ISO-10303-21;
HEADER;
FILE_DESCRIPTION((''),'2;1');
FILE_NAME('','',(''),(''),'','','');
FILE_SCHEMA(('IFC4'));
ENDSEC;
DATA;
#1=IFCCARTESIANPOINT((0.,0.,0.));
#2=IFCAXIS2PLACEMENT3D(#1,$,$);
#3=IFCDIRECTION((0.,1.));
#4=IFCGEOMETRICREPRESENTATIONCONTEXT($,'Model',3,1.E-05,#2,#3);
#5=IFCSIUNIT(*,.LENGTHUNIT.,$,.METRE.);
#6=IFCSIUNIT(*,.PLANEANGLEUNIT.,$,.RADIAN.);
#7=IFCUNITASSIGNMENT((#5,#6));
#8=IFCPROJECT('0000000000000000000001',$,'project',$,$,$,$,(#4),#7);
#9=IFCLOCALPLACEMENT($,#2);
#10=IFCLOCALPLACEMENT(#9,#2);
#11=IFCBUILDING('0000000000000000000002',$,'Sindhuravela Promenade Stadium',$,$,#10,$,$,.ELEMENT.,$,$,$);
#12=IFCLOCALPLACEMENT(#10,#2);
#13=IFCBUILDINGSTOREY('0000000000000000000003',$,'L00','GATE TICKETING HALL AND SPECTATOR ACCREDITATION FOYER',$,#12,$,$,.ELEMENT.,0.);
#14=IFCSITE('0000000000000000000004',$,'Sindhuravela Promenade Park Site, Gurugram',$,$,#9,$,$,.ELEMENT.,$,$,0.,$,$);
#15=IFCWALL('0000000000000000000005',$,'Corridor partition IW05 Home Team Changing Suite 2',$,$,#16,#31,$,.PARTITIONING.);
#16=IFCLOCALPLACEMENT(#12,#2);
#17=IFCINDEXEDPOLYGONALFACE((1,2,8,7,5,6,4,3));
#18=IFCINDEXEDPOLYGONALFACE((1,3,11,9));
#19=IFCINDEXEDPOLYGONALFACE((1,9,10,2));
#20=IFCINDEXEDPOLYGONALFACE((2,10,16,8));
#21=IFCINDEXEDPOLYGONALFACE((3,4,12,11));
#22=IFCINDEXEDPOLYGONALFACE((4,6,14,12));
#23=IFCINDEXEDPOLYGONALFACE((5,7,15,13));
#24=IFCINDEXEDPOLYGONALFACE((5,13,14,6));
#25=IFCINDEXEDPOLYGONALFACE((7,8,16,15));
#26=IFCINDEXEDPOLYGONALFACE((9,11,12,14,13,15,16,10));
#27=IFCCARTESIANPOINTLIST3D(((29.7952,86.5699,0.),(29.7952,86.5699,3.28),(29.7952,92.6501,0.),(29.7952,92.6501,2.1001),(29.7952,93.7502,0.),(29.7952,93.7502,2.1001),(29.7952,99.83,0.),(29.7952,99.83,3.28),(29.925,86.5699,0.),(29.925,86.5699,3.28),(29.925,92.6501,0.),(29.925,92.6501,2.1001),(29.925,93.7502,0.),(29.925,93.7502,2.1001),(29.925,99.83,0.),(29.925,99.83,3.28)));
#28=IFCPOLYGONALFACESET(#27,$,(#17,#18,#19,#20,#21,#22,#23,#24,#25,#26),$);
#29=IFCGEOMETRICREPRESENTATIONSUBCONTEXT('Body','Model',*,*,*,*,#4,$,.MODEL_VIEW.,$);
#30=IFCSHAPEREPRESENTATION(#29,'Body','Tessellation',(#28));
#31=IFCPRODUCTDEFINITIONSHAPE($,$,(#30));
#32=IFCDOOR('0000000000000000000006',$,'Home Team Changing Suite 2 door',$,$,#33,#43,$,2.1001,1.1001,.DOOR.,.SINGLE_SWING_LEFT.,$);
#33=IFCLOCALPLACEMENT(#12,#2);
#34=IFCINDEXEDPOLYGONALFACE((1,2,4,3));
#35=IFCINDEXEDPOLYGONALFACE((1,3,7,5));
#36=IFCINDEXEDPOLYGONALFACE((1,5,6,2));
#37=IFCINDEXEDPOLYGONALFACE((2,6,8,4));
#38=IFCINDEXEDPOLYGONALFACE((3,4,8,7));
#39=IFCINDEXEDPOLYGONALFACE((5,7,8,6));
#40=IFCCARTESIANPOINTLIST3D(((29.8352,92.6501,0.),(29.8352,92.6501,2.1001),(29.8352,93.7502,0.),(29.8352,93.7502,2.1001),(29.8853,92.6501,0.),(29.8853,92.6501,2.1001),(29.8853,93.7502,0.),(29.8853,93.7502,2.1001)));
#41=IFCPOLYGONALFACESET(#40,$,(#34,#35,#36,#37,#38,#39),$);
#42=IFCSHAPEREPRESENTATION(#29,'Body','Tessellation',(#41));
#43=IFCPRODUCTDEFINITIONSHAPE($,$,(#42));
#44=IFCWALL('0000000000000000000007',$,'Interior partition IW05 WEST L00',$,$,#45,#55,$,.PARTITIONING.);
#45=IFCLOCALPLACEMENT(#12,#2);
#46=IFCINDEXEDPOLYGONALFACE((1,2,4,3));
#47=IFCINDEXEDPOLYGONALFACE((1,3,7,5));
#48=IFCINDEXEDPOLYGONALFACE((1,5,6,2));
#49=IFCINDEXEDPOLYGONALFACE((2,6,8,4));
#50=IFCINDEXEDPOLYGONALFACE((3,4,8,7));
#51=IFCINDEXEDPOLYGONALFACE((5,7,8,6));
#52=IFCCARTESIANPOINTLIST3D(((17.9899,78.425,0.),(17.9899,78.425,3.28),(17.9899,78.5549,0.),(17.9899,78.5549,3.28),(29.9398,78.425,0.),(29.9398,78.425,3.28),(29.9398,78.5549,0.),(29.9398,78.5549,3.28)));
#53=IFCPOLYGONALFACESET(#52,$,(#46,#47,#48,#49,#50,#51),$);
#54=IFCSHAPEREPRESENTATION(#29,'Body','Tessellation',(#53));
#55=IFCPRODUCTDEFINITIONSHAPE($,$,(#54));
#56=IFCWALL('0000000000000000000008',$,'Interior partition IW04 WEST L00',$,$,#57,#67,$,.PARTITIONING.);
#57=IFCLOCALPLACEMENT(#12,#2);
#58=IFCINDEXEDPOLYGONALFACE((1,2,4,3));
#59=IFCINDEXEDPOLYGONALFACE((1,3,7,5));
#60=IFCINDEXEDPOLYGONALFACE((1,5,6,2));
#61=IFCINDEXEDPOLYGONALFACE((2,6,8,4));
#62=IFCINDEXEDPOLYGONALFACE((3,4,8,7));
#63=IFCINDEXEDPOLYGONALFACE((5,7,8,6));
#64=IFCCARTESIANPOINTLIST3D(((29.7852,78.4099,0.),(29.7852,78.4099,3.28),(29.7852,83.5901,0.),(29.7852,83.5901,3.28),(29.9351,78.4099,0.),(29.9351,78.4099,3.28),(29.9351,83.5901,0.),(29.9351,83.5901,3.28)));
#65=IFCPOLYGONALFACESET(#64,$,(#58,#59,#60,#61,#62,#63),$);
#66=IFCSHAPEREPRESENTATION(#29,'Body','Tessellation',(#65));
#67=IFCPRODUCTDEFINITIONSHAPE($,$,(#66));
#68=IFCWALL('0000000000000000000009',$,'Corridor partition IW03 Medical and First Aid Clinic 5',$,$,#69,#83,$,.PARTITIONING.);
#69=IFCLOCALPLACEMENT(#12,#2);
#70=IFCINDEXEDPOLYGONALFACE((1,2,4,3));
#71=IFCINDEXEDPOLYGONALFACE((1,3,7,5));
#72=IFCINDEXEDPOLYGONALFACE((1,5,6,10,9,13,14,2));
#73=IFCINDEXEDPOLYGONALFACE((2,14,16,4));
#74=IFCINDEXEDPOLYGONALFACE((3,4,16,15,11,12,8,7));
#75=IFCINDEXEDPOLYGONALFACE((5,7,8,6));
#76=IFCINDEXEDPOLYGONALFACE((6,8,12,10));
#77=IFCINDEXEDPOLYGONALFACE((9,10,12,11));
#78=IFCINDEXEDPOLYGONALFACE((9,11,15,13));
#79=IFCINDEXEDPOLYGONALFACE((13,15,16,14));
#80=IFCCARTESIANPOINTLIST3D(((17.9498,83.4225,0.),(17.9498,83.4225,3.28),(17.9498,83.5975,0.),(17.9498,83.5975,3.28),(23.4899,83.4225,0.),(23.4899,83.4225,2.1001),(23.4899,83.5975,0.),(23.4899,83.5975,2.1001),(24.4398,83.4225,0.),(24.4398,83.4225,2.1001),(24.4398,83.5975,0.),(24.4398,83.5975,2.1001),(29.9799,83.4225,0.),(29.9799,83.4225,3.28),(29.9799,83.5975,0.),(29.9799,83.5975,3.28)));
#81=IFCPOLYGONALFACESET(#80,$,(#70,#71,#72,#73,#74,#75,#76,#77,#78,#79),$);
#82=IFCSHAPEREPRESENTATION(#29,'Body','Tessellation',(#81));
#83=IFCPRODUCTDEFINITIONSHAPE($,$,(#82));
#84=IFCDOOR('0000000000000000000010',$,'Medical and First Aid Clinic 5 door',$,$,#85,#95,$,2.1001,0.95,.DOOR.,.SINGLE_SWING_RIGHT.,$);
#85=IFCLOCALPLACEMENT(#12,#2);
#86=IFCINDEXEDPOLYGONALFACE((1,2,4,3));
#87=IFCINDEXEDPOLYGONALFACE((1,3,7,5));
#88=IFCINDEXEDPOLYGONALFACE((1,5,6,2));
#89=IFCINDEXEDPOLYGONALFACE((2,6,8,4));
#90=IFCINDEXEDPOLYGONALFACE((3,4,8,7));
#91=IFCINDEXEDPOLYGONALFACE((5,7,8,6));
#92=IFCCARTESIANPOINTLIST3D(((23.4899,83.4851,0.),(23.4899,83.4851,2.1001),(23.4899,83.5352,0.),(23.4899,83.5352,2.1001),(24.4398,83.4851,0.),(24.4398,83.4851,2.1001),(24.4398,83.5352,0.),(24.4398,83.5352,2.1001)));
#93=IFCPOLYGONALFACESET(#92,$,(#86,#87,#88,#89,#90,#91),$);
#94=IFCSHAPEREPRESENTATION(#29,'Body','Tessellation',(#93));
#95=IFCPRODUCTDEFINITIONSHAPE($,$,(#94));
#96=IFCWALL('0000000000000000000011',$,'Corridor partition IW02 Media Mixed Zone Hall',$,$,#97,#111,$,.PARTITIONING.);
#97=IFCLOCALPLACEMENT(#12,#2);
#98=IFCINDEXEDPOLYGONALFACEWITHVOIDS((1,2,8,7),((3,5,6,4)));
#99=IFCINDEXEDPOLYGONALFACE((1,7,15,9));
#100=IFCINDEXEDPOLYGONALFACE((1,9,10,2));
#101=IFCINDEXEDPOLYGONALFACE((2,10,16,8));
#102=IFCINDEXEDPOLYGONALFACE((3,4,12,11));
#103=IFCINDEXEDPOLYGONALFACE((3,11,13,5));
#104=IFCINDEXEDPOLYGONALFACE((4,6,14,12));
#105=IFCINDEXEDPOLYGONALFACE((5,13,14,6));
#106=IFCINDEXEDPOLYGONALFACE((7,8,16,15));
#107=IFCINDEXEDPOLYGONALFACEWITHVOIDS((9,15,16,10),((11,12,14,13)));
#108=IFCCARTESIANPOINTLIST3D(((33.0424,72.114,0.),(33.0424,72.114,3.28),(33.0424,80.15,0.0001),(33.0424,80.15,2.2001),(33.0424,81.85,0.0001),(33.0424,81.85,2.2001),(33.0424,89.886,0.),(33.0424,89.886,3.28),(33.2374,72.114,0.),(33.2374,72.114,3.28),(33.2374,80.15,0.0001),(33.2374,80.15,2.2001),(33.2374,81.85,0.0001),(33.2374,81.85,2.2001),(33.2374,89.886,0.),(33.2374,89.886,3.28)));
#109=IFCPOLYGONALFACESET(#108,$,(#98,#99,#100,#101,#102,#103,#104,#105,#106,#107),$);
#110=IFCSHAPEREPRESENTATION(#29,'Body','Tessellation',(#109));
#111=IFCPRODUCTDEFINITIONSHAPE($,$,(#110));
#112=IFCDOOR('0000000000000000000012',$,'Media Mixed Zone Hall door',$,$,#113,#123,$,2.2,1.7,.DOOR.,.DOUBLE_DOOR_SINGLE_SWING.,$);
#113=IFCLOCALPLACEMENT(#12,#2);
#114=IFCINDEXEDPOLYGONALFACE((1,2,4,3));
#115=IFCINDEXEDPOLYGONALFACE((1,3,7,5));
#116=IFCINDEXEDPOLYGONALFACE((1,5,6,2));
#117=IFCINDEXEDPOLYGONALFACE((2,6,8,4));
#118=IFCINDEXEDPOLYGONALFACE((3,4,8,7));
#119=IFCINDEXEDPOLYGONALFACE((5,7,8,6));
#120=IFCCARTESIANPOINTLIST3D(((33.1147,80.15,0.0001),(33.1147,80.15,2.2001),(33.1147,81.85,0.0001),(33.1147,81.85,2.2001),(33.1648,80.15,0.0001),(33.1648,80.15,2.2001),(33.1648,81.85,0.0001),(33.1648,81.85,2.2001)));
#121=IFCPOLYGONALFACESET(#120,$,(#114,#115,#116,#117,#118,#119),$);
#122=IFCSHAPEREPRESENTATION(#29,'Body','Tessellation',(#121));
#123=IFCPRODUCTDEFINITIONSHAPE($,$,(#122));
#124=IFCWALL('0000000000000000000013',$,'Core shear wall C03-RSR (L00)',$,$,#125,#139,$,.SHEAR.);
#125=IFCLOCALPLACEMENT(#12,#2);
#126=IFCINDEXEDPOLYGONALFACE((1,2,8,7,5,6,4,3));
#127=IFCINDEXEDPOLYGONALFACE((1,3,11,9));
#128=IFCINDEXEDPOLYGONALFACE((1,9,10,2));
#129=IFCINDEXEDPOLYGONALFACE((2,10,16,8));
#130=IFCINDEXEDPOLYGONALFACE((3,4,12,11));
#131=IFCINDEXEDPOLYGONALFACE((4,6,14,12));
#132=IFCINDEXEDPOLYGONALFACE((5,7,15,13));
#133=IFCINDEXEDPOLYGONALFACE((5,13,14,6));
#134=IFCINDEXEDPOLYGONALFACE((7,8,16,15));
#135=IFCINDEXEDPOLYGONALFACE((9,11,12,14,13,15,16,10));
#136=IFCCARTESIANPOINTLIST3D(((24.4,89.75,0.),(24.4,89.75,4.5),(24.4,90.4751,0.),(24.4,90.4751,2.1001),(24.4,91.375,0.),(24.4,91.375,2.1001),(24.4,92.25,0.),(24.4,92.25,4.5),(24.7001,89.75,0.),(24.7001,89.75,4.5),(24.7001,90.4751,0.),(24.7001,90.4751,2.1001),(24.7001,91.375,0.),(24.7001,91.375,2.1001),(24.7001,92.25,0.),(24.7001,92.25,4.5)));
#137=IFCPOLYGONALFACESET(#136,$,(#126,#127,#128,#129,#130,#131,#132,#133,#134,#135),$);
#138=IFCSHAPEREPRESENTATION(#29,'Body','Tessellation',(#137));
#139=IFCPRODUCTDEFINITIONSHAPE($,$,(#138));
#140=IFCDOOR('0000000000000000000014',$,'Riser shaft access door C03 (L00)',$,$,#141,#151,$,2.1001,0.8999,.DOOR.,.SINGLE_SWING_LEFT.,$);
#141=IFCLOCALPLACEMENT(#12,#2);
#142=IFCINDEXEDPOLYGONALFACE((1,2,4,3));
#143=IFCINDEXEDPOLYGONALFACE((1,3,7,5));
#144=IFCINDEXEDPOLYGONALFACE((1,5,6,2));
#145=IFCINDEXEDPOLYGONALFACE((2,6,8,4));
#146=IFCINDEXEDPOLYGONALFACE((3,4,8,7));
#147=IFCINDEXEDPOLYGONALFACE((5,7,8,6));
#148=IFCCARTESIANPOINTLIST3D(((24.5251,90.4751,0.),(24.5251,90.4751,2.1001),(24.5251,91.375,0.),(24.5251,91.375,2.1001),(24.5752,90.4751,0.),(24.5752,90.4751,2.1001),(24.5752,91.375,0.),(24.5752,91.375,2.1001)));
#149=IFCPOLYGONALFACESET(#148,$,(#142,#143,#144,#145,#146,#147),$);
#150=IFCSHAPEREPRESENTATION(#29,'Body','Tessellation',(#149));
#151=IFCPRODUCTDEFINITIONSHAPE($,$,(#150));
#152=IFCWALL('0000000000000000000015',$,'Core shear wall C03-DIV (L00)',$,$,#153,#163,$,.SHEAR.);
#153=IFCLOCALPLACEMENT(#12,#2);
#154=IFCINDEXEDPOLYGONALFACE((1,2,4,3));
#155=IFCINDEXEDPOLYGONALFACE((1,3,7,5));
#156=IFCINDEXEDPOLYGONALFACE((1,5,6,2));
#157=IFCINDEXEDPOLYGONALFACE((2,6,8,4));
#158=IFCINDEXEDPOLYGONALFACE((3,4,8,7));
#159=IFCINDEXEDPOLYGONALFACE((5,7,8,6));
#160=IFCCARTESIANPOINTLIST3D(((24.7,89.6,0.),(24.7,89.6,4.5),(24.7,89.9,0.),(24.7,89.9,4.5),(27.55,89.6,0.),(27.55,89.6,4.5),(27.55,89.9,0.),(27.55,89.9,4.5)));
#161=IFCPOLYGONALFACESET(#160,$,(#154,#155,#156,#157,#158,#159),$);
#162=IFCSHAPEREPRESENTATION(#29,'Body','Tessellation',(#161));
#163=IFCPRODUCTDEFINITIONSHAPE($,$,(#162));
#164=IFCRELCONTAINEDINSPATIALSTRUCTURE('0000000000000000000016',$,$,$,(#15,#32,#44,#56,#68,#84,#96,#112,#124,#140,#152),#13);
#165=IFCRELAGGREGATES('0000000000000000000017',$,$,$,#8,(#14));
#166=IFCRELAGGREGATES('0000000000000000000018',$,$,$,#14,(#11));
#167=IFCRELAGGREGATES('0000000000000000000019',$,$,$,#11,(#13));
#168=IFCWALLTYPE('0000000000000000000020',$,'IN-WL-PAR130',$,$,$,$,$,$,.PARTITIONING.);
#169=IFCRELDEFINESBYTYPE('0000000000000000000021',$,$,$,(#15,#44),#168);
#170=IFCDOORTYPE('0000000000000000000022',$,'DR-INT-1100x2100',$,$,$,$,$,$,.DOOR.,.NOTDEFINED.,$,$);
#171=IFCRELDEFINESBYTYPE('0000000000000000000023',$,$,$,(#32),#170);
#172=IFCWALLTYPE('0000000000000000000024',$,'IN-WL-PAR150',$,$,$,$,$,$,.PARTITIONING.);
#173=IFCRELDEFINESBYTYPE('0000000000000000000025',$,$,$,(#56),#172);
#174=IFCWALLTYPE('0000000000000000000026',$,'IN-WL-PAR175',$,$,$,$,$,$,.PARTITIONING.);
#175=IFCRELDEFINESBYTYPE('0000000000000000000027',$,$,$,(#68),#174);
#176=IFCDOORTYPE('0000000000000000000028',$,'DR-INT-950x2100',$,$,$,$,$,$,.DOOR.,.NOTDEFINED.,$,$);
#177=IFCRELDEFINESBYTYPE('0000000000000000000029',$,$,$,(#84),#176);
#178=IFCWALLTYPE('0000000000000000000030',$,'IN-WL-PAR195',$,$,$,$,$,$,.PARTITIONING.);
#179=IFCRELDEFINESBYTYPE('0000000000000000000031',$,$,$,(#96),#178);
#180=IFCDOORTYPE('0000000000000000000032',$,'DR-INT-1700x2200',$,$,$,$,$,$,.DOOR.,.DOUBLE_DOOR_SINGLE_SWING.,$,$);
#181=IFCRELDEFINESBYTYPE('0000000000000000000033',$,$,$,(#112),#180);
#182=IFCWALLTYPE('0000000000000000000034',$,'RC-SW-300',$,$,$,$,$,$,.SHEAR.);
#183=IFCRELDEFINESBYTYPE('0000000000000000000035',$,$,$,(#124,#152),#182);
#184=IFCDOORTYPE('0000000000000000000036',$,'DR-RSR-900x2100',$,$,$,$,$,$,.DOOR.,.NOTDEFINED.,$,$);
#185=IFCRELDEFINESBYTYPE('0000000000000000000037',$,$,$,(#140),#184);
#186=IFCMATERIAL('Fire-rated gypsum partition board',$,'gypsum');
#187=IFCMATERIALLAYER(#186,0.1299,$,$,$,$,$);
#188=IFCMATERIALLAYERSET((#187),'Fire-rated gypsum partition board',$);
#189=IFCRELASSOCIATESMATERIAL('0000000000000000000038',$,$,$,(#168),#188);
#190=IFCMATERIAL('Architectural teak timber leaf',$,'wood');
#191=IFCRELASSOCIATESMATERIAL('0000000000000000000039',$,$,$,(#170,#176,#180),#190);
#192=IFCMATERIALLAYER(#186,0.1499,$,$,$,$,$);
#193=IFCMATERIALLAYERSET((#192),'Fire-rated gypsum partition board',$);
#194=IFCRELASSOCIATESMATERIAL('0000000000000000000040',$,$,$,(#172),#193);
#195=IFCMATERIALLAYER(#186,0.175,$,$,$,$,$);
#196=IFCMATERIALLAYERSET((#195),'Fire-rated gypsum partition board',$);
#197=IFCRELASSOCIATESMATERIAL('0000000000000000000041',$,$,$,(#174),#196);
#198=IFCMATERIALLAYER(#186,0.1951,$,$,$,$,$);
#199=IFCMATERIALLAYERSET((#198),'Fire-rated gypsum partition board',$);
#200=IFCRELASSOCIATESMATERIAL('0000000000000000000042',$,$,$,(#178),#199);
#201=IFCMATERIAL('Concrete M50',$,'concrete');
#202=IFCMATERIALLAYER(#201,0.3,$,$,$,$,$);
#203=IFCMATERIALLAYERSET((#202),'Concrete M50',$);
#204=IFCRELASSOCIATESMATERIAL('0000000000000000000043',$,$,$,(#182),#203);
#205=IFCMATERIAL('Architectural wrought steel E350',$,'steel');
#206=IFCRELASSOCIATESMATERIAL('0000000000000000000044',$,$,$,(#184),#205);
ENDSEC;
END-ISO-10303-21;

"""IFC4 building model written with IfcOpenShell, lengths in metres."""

from ifc_helpers import new_model, si_unit, direction, frame, frame_2d, origin, place, context, subcontext, project, spatial, rectangle, extrude, material, layer, layer_set, type_object, element, fill, save


model = new_model("IFC4")

# Units and contexts
model_context = context("Model", 3, precision=1e-05, world=origin(), true_north=direction((0.0, 1.0)))
body_context = subcontext(model_context, "Body", "Model", "MODEL_VIEW")
ifc_project = project(units=[si_unit("LENGTHUNIT", "METRE"), si_unit("PLANEANGLEUNIT", "RADIAN")], contexts=[model_context])

# Site, building, storey
site_placement = place(None, origin())
site = spatial("IfcSite", under=ifc_project, at=site_placement, Name="Sindhuravela Promenade Park Site, Gurugram", CompositionType="ELEMENT", RefElevation=0.0)
building_placement = place(site_placement, origin())
building = spatial("IfcBuilding", under=site, at=building_placement, Name="Sindhuravela Promenade Stadium", CompositionType="ELEMENT")
storey_placement = place(building_placement, origin())
storey = spatial("IfcBuildingStorey", under=building, at=storey_placement, Name="L00", Description="GATE TICKETING HALL AND SPECTATOR ACCREDITATION FOYER", CompositionType="ELEMENT", Elevation=0.0)

# Shared definitions
ifc_material_1 = material(Name="Concrete M50", Category="concrete")

# Shared definitions
ifc_material_2 = material(Name="Fire-rated gypsum partition board", Category="gypsum")

# Wall, opening, door
ifc_layer_1 = layer(ifc_material_2, 0.1299)
ifc_layer_set_1 = layer_set([ifc_layer_1], Name="Fire-rated gypsum partition board")
wall_type_1 = type_object("IfcWallType", Name="IN-WL-PAR130", PredefinedType="PARTITIONING", material=ifc_layer_set_1)
wall_1_placement = place(storey_placement, frame((29.8601, 86.5701, 0.0), z_axis=(0.0, 0.0, 1.0), x_axis=(0.0, 1.0, 0.0)))
wall_1 = element("IfcWall", 1, at=wall_1_placement, inside=storey, type_object=wall_type_1, Name="Corridor partition IW05 Home Team Changing Suite 2", PredefinedType="PARTITIONING", context=body_context, shape_type="SweptSolid", body=[
    extrude(rectangle(XDim=13.26, YDim=0.1299, at=frame_2d((6.6299, 0.0))), origin(), (0.0, 0.0, 1.0), 3.28),
])
opening_1_placement = place(wall_1_placement, frame((6.0801, 0.0, 0.0)))
opening_1 = element("IfcOpeningElement", 2, at=opening_1_placement, cuts=wall_1, PredefinedType="OPENING", context=body_context, shape_type="SweptSolid", body=[
    extrude(rectangle(XDim=1.1001, YDim=2.1001, at=frame_2d((0.55, 1.05))), frame((0.0, 0.075, 0.0), z_axis=(0.0, -1.0, 0.0), x_axis=(1.0, 0.0, 0.0)), (0.0, 0.0, 1.0), 0.1499),
])
ifc_material_3 = material(Name="Architectural teak timber leaf", Category="wood")
door_type_1 = type_object("IfcDoorType", Name="DR-INT-1100x2100", OperationType="NOTDEFINED", PredefinedType="DOOR", material=ifc_material_3)
door_1_placement = place(opening_1_placement, origin())
door_1 = element("IfcDoor", 3, at=door_1_placement, inside=storey, type_object=door_type_1, Name="Home Team Changing Suite 2 door", OperationType="SINGLE_SWING_LEFT", OverallHeight=2.1001, OverallWidth=1.1001, PredefinedType="DOOR", context=body_context, shape_type="SweptSolid", body=[
    extrude(rectangle(XDim=1.1001, YDim=2.1001, at=frame_2d((0.55, 1.05))), frame((0.0, 0.0249, 0.0), z_axis=(0.0, -1.0, 0.0), x_axis=(1.0, 0.0, 0.0)), (0.0, 0.0, 1.0), 0.05),
])
fill(opening_1, door_1)

# Walls
wall_2_placement = place(storey_placement, frame((29.9399, 78.49, 0.0), z_axis=(0.0, 0.0, 1.0), x_axis=(-1.0, 0.0, 0.0)))
element("IfcWall", 4, at=wall_2_placement, inside=storey, type_object=wall_type_1, Name="Interior partition IW05 WEST L00", PredefinedType="PARTITIONING", context=body_context, shape_type="SweptSolid", body=[
    extrude(rectangle(XDim=11.95, YDim=0.1299, at=frame_2d((5.9751, 0.0))), origin(), (0.0, 0.0, 1.0), 3.28),
])
ifc_layer_2 = layer(ifc_material_2, 0.1499)
ifc_layer_set_2 = layer_set([ifc_layer_2], Name="Fire-rated gypsum partition board")
wall_type_2 = type_object("IfcWallType", Name="IN-WL-PAR150", PredefinedType="PARTITIONING", material=ifc_layer_set_2)
wall_3_placement = place(storey_placement, frame((29.8601, 83.5901, 0.0), z_axis=(0.0, 0.0, 1.0), x_axis=(0.0, -1.0, 0.0)))
element("IfcWall", 5, at=wall_3_placement, inside=storey, type_object=wall_type_2, Name="Interior partition IW04 WEST L00", PredefinedType="PARTITIONING", context=body_context, shape_type="SweptSolid", body=[
    extrude(rectangle(XDim=5.1802, YDim=0.1499, at=frame_2d((2.5901, 0.0))), origin(), (0.0, 0.0, 1.0), 3.28),
])

# Walls, openings, doors
ifc_layer_3 = layer(ifc_material_2, 0.175)
ifc_layer_set_3 = layer_set([ifc_layer_3], Name="Fire-rated gypsum partition board")
wall_type_3 = type_object("IfcWallType", Name="IN-WL-PAR175", PredefinedType="PARTITIONING", material=ifc_layer_set_3)
wall_4_placement = place(storey_placement, frame((29.98, 83.51, 0.0), z_axis=(0.0, 0.0, 1.0), x_axis=(-1.0, 0.0, 0.0)))
wall_4 = element("IfcWall", 6, at=wall_4_placement, inside=storey, type_object=wall_type_3, Name="Corridor partition IW03 Medical and First Aid Clinic 5", PredefinedType="PARTITIONING", context=body_context, shape_type="SweptSolid", body=[
    extrude(rectangle(XDim=12.03, YDim=0.175, at=frame_2d((6.0151, 0.0))), origin(), (0.0, 0.0, 1.0), 3.28),
])
opening_2_placement = place(wall_4_placement, frame((5.54, 0.0, 0.0)))
opening_2 = element("IfcOpeningElement", 7, at=opening_2_placement, cuts=wall_4, PredefinedType="OPENING", context=body_context, shape_type="SweptSolid", body=[
    extrude(rectangle(XDim=0.95, YDim=2.1001, at=frame_2d((0.4751, 1.05))), frame((0.0, 0.0974, 0.0), z_axis=(0.0, -1.0, 0.0), x_axis=(1.0, 0.0, 0.0)), (0.0, 0.0, 1.0), 0.1951),
])
door_type_2 = type_object("IfcDoorType", Name="DR-INT-950x2100", OperationType="NOTDEFINED", PredefinedType="DOOR", material=ifc_material_3)
door_2_placement = place(opening_2_placement, origin())
door_2 = element("IfcDoor", 8, at=door_2_placement, inside=storey, type_object=door_type_2, Name="Medical and First Aid Clinic 5 door", OperationType="SINGLE_SWING_RIGHT", OverallHeight=2.1001, OverallWidth=0.95, PredefinedType="DOOR", context=body_context, shape_type="SweptSolid", body=[
    extrude(rectangle(XDim=0.95, YDim=2.1001, at=frame_2d((0.4751, 1.05))), frame((0.0, 0.0249, 0.0), z_axis=(0.0, -1.0, 0.0), x_axis=(1.0, 0.0, 0.0)), (0.0, 0.0, 1.0), 0.05),
])
fill(opening_2, door_2)
ifc_layer_4 = layer(ifc_material_2, 0.1951)
ifc_layer_set_4 = layer_set([ifc_layer_4], Name="Fire-rated gypsum partition board")
wall_type_4 = type_object("IfcWallType", Name="IN-WL-PAR195", PredefinedType="PARTITIONING", material=ifc_layer_set_4)
wall_5_placement = place(storey_placement, frame((33.1399, 89.886, 0.0), z_axis=(0.0, 0.0, 1.0), x_axis=(0.0, -1.0, 0.0)))
wall_5 = element("IfcWall", 9, at=wall_5_placement, inside=storey, type_object=wall_type_4, Name="Corridor partition IW02 Media Mixed Zone Hall", PredefinedType="PARTITIONING", context=body_context, shape_type="SweptSolid", body=[
    extrude(rectangle(XDim=17.772, YDim=0.1951, at=frame_2d((8.886, 0.0))), origin(), (0.0, 0.0, 1.0), 3.28),
])
opening_3_placement = place(wall_5_placement, frame((8.0359, 0.0, 0.0)))
opening_3 = element("IfcOpeningElement", 10, at=opening_3_placement, cuts=wall_5, PredefinedType="OPENING", context=body_context, shape_type="SweptSolid", body=[
    extrude(rectangle(XDim=1.7, YDim=2.2, at=frame_2d((0.8501, 1.1001))), frame((0.0, 0.1074, 0.0), z_axis=(0.0, -1.0, 0.0), x_axis=(1.0, 0.0, 0.0)), (0.0, 0.0, 1.0), 0.2151),
])
door_type_3 = type_object("IfcDoorType", Name="DR-INT-1700x2200", OperationType="DOUBLE_DOOR_SINGLE_SWING", PredefinedType="DOOR", material=ifc_material_3)
door_3_placement = place(opening_3_placement, origin())
door_3 = element("IfcDoor", 11, at=door_3_placement, inside=storey, type_object=door_type_3, Name="Media Mixed Zone Hall door", OperationType="DOUBLE_DOOR_SINGLE_SWING", OverallHeight=2.2, OverallWidth=1.7, PredefinedType="DOOR", context=body_context, shape_type="SweptSolid", body=[
    extrude(rectangle(XDim=1.7, YDim=2.2, at=frame_2d((0.8501, 1.1001))), frame((0.0, 0.0249, 0.0), z_axis=(0.0, -1.0, 0.0), x_axis=(1.0, 0.0, 0.0)), (0.0, 0.0, 1.0), 0.05),
])
fill(opening_3, door_3)
ifc_layer_5 = layer(ifc_material_1, 0.3)
ifc_layer_set_5 = layer_set([ifc_layer_5], Name="Concrete M50")
wall_type_5 = type_object("IfcWallType", Name="RC-SW-300", PredefinedType="SHEAR", material=ifc_layer_set_5)
wall_6_placement = place(storey_placement, frame((24.55, 89.75, 0.0), z_axis=(0.0, 0.0, 1.0), x_axis=(0.0, 1.0, 0.0)))
wall_6 = element("IfcWall", 12, at=wall_6_placement, inside=storey, type_object=wall_type_5, Name="Core shear wall C03-RSR (L00)", PredefinedType="SHEAR", context=body_context, shape_type="SweptSolid", body=[
    extrude(rectangle(XDim=2.5, YDim=0.3, at=frame_2d((1.25, 0.0))), origin(), (0.0, 0.0, 1.0), 4.5),
])
opening_4_placement = place(wall_6_placement, frame((0.7251, 0.0, 0.0)))
opening_4 = element("IfcOpeningElement", 13, at=opening_4_placement, cuts=wall_6, PredefinedType="OPENING", context=body_context, shape_type="SweptSolid", body=[
    extrude(rectangle(XDim=0.8999, YDim=2.1001, at=frame_2d((0.45, 1.05))), frame((0.0, 0.1599, 0.0), z_axis=(0.0, -1.0, 0.0), x_axis=(1.0, 0.0, 0.0)), (0.0, 0.0, 1.0), 0.3201),
])
ifc_material_4 = material(Name="Architectural wrought steel E350", Category="steel")
door_type_4 = type_object("IfcDoorType", Name="DR-RSR-900x2100", OperationType="NOTDEFINED", PredefinedType="DOOR", material=ifc_material_4)
door_4_placement = place(opening_4_placement, origin())
door_4 = element("IfcDoor", 14, at=door_4_placement, inside=storey, type_object=door_type_4, Name="Riser shaft access door C03 (L00)", OperationType="SINGLE_SWING_LEFT", OverallHeight=2.1001, OverallWidth=0.8999, PredefinedType="DOOR", context=body_context, shape_type="SweptSolid", body=[
    extrude(rectangle(XDim=0.8999, YDim=2.1001, at=frame_2d((0.45, 1.05))), frame((0.0, 0.0249, 0.0), z_axis=(0.0, -1.0, 0.0), x_axis=(1.0, 0.0, 0.0)), (0.0, 0.0, 1.0), 0.05),
])
fill(opening_4, door_4)

# Wall
wall_7_placement = place(storey_placement, frame((24.7, 89.75, 0.0), z_axis=(0.0, 0.0, 1.0), x_axis=(1.0, 0.0, 0.0)))
element("IfcWall", 15, at=wall_7_placement, inside=storey, type_object=wall_type_5, Name="Core shear wall C03-DIV (L00)", PredefinedType="SHEAR", context=body_context, shape_type="SweptSolid", body=[
    extrude(rectangle(XDim=2.8501, YDim=0.3, at=frame_2d((1.425, 0.0))), origin(), (0.0, 0.0, 1.0), 4.5),
])

save(model, "model.ifc")
